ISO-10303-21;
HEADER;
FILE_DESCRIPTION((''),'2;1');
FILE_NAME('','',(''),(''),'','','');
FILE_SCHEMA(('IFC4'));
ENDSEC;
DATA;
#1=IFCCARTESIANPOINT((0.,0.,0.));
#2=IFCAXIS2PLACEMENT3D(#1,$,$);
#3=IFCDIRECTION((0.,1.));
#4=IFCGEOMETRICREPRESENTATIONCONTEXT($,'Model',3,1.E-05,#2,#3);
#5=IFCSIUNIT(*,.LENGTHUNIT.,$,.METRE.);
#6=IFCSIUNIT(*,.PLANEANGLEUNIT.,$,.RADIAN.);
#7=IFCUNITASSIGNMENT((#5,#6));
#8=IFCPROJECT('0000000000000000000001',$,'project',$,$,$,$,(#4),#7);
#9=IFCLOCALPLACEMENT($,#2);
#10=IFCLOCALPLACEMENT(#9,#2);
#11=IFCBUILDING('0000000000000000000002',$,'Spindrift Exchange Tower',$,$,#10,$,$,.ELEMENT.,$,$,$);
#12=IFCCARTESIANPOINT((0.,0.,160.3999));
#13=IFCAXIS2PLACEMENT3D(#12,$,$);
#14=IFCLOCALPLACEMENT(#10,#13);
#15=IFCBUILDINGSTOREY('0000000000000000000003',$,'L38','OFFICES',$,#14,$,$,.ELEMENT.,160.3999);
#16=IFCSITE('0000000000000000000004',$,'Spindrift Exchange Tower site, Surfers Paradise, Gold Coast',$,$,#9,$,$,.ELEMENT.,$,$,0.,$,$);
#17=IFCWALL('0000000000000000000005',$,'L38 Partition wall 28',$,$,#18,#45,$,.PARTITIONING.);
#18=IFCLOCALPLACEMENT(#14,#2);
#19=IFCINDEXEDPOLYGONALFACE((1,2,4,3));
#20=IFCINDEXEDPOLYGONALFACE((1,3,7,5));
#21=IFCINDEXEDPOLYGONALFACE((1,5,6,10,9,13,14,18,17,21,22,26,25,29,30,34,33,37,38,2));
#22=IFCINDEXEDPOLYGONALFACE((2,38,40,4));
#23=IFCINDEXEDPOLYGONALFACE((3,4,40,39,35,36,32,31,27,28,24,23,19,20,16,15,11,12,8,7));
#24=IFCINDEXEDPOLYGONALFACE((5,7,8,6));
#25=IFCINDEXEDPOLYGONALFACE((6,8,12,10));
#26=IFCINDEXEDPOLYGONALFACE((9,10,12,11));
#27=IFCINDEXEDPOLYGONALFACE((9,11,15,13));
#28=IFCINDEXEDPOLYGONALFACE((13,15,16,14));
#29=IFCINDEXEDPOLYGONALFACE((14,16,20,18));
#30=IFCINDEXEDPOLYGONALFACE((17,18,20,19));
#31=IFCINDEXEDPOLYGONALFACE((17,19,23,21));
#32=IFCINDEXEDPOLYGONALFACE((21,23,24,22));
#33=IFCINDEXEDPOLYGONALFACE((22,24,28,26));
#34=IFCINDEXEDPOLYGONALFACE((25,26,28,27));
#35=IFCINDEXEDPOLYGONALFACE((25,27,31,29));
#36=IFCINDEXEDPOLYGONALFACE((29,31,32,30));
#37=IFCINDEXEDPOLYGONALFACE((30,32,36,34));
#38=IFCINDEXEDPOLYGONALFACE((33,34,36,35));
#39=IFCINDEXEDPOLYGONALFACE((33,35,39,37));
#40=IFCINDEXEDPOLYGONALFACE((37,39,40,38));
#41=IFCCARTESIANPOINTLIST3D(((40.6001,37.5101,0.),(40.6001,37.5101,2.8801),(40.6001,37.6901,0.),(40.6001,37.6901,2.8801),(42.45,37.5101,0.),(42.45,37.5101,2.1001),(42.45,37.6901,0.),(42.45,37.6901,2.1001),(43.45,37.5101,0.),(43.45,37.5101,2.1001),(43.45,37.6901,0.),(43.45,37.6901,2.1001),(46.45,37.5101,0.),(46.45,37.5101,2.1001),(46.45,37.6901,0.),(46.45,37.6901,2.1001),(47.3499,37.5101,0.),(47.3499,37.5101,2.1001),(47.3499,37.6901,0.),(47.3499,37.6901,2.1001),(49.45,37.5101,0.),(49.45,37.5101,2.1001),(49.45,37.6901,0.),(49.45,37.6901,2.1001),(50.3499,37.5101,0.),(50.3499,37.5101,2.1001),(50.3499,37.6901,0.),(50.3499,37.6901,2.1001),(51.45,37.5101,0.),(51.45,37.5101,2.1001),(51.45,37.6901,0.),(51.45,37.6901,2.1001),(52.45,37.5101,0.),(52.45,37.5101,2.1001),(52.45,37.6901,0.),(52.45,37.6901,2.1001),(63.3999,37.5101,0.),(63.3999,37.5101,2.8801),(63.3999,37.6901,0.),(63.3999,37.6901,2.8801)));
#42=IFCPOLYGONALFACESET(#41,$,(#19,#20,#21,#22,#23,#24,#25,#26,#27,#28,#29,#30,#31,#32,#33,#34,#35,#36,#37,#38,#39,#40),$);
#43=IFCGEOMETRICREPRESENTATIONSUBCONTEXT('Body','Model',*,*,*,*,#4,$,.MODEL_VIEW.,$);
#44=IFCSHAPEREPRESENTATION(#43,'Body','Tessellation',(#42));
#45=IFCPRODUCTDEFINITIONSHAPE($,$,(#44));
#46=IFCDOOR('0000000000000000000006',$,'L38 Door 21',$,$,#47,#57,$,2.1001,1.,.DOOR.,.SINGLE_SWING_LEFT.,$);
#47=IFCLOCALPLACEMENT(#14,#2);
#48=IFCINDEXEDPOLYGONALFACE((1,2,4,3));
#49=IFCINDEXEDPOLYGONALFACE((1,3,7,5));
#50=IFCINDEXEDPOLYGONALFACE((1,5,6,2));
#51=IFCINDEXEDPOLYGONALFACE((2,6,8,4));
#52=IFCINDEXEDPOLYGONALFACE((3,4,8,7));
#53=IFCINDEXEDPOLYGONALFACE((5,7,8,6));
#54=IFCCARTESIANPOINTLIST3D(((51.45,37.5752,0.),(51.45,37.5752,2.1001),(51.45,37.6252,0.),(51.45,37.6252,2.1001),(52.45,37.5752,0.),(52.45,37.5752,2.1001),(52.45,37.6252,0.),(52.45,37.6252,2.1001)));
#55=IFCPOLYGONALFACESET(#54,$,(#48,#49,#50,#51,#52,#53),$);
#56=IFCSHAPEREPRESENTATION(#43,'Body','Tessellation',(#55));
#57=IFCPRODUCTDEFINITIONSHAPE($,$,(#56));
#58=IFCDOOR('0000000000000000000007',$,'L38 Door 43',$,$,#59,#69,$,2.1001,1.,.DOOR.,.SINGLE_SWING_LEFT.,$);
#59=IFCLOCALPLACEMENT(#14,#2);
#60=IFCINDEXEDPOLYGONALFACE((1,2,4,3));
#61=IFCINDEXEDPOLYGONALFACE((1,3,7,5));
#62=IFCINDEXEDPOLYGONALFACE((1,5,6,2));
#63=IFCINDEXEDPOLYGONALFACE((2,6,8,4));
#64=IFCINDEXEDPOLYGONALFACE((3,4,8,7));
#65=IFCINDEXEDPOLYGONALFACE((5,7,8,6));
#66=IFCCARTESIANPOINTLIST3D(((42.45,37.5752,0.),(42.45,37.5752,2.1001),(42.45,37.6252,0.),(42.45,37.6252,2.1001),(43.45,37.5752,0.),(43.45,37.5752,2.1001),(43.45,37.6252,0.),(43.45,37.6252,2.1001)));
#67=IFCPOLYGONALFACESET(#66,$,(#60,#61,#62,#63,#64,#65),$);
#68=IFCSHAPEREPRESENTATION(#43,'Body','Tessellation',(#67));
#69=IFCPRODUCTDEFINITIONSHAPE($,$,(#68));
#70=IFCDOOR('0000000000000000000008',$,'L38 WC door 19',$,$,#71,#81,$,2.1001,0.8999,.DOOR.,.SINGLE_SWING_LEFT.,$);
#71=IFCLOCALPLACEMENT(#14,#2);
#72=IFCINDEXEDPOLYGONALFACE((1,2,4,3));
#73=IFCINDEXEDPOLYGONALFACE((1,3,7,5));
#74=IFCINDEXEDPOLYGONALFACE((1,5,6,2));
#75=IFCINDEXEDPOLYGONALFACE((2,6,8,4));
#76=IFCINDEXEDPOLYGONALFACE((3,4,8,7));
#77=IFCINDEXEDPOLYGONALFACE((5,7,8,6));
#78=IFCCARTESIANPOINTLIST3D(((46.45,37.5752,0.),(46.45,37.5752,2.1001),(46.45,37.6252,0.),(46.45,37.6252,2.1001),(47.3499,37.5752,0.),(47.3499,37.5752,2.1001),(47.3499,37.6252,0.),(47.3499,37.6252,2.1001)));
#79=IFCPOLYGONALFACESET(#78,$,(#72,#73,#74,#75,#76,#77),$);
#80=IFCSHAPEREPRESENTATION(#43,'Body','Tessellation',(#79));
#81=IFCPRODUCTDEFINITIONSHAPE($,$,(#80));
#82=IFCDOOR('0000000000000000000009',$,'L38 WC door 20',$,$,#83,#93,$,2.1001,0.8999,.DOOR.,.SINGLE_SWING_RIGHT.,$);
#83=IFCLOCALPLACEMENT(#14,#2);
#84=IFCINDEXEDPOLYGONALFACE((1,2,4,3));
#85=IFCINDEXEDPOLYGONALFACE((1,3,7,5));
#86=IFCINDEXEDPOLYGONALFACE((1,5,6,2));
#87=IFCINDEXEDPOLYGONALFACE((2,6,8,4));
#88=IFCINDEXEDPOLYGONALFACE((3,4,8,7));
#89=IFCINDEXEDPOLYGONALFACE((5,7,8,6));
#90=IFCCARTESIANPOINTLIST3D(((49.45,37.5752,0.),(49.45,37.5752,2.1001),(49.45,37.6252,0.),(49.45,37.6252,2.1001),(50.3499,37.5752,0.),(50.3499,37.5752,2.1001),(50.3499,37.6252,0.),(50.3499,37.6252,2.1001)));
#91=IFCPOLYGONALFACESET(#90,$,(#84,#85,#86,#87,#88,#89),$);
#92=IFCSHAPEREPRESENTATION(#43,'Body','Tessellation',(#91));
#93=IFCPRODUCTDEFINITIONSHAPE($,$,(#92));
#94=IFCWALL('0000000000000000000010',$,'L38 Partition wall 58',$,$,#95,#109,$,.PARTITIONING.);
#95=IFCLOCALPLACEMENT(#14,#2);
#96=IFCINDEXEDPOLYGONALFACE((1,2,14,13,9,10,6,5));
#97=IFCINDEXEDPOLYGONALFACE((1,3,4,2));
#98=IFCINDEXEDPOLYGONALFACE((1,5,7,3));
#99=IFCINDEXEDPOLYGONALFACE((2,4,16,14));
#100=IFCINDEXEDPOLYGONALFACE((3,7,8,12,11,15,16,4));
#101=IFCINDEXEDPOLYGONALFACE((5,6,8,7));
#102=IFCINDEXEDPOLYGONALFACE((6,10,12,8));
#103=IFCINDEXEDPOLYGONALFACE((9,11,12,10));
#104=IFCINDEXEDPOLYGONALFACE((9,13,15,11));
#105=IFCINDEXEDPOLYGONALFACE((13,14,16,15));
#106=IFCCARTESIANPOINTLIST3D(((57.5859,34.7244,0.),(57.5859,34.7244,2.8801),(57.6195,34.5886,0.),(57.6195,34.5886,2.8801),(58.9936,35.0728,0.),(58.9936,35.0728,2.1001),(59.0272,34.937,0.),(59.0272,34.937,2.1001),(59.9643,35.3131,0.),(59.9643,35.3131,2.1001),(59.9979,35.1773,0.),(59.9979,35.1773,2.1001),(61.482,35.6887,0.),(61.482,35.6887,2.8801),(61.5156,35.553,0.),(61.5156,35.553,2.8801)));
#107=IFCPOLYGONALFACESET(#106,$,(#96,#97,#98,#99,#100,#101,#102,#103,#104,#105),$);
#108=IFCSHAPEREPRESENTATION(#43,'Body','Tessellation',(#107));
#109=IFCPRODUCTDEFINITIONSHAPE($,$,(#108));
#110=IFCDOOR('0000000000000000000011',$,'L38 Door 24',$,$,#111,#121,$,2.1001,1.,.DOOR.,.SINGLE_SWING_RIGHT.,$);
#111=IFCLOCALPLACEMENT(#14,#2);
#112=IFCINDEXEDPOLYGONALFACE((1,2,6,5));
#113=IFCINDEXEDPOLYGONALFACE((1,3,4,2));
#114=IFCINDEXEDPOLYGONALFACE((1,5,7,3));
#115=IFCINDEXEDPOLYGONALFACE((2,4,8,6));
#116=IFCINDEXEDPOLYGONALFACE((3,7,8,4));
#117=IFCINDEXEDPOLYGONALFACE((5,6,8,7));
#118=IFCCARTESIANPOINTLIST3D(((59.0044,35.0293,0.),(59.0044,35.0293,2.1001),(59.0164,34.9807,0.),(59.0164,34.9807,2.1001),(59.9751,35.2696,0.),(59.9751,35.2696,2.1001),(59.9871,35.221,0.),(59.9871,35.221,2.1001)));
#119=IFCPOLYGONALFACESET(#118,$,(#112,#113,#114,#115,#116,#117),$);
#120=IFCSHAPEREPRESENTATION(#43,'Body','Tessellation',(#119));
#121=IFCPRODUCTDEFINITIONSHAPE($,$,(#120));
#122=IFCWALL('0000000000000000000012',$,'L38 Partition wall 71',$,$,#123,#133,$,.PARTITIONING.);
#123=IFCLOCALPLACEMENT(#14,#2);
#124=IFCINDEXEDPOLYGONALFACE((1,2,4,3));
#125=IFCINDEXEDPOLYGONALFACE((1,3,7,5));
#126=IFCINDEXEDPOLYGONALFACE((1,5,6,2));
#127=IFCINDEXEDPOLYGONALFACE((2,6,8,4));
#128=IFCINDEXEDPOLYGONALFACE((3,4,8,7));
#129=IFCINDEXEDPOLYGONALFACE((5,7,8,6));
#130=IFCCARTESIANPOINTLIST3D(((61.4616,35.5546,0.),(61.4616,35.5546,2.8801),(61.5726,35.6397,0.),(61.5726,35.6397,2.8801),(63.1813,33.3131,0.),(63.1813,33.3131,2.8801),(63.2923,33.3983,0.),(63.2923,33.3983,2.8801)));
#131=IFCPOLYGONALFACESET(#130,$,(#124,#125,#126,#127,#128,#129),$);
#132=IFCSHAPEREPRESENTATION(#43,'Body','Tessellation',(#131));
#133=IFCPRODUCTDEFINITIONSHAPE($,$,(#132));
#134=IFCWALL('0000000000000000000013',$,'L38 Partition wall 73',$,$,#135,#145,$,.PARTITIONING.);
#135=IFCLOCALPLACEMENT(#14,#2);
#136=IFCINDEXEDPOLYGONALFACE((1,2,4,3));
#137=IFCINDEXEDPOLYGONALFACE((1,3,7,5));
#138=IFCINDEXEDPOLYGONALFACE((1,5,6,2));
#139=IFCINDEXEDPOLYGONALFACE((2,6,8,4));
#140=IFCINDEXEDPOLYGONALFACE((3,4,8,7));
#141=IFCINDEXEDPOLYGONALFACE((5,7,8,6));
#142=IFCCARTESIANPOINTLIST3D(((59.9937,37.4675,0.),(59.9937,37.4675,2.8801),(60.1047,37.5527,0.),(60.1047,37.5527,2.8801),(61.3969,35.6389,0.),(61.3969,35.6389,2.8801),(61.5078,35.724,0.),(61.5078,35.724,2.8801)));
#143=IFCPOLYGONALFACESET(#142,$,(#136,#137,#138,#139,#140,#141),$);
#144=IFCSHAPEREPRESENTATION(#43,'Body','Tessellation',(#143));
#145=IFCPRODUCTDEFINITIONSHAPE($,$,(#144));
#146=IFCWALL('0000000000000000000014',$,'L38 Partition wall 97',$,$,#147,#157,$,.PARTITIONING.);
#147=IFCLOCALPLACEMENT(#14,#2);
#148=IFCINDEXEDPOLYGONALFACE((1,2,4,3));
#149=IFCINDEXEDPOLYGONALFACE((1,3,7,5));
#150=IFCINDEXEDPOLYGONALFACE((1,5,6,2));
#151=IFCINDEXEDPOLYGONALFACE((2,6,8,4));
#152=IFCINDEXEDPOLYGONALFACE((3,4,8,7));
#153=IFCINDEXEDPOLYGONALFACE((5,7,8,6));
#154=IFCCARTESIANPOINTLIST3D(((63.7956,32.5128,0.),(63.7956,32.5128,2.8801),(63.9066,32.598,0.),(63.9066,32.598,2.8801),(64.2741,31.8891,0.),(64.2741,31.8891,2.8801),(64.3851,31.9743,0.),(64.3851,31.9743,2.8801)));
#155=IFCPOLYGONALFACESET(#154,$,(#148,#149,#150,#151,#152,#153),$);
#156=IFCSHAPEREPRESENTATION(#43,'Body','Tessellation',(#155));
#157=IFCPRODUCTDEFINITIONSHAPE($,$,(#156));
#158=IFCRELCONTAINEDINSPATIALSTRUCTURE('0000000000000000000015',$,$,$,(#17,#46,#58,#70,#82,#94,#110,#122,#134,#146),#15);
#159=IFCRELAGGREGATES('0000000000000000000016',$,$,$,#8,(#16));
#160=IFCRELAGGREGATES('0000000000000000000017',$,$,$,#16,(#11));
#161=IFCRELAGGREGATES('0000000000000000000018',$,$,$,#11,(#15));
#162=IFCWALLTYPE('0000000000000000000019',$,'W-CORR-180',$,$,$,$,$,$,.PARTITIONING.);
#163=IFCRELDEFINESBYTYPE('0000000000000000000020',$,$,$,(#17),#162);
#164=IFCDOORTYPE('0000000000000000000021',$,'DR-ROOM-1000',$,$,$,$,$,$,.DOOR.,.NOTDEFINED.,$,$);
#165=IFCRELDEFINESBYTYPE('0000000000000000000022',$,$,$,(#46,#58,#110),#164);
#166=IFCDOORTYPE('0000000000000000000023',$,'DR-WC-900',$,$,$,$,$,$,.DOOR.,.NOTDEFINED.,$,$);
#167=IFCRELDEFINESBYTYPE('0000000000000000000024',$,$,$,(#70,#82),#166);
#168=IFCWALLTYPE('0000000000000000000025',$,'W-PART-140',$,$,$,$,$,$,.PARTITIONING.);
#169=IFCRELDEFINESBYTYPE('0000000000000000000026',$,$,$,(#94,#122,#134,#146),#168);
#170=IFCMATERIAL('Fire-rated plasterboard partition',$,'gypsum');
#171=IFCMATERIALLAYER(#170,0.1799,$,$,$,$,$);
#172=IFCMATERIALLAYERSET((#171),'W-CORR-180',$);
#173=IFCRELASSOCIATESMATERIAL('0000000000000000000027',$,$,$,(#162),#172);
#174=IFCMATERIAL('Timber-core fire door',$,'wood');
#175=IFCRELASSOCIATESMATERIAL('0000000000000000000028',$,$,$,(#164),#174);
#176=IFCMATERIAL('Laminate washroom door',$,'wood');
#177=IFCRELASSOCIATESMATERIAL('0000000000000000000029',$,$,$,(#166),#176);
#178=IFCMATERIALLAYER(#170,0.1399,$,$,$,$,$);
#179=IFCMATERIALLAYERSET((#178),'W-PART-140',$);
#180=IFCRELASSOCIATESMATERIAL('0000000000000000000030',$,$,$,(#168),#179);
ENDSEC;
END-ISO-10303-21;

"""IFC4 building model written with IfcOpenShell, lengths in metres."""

from ifc_helpers import new_model, si_unit, direction, frame, frame_2d, origin, place, context, subcontext, project, spatial, rectangle, extrude, source, transform, mapped, material, layer, layer_set, type_object, element, fill, save


model = new_model("IFC4")

# Units and contexts
model_context = context("Model", 3, precision=1e-05, world=origin(), true_north=direction((0.0, 1.0)))
body_context = subcontext(model_context, "Body", "Model", "MODEL_VIEW")
ifc_project = project(units=[si_unit("LENGTHUNIT", "METRE"), si_unit("PLANEANGLEUNIT", "RADIAN")], contexts=[model_context])

# Site, building, storey
site_placement = place(None, origin())
site = spatial("IfcSite", under=ifc_project, at=site_placement, Name="Spindrift Exchange Tower site, Surfers Paradise, Gold Coast", CompositionType="ELEMENT", RefElevation=0.0)
building_placement = place(site_placement, origin())
building = spatial("IfcBuilding", under=site, at=building_placement, Name="Spindrift Exchange Tower", CompositionType="ELEMENT")
storey_placement = place(building_placement, frame((0.0, 0.0, 160.3999)))
storey = spatial("IfcBuildingStorey", under=building, at=storey_placement, Name="L38", Description="OFFICES", CompositionType="ELEMENT", Elevation=160.3999)

# Wall, openings, doors
ifc_material_1 = material(Name="Fire-rated plasterboard partition", Category="gypsum")
ifc_layer_1 = layer(ifc_material_1, 0.1799)
ifc_layer_set_1 = layer_set([ifc_layer_1], Name="W-CORR-180")
wall_type_1 = type_object("IfcWallType", Name="W-CORR-180", PredefinedType="PARTITIONING", material=ifc_layer_set_1)
wall_1_placement = place(storey_placement, frame((63.3999, 37.6001, 0.0), z_axis=(0.0, 0.0, 1.0), x_axis=(-1.0, 0.0, 0.0)))
wall_1 = element("IfcWall", 1, at=wall_1_placement, inside=storey, type_object=wall_type_1, Name="L38 Partition wall 28", PredefinedType="PARTITIONING", context=body_context, shape_type="SweptSolid", body=[
    extrude(rectangle(XDim=22.7998, YDim=0.1799, at=frame_2d((11.3999, 0.0))), origin(), (0.0, 0.0, 1.0), 2.8801),
])
opening_1_placement = place(wall_1_placement, frame((16.05, 0.0, 0.0)))
opening_1 = element("IfcOpeningElement", 2, at=opening_1_placement, cuts=wall_1, PredefinedType="OPENING", context=body_context, shape_type="SweptSolid", body=[
    extrude(rectangle(XDim=0.8999, YDim=2.1001, at=frame_2d((0.45, 1.05))), frame((0.0, 0.0999, 0.0), z_axis=(0.0, -1.0, 0.0), x_axis=(1.0, 0.0, 0.0)), (0.0, 0.0, 1.0), 0.2),
])
opening_2_placement = place(wall_1_placement, frame((13.05, 0.0, 0.0)))
opening_2 = element("IfcOpeningElement", 3, at=opening_2_placement, cuts=wall_1, PredefinedType="OPENING", context=body_context, shape_type="SweptSolid", body=[
    extrude(rectangle(XDim=0.8999, YDim=2.1001, at=frame_2d((0.45, 1.05))), frame((0.0, 0.0999, 0.0), z_axis=(0.0, -1.0, 0.0), x_axis=(1.0, 0.0, 0.0)), (0.0, 0.0, 1.0), 0.2),
])
opening_3_placement = place(wall_1_placement, frame((10.95, 0.0, 0.0)))
opening_3 = element("IfcOpeningElement", 4, at=opening_3_placement, cuts=wall_1, PredefinedType="OPENING", context=body_context, shape_type="SweptSolid", body=[
    extrude(rectangle(XDim=1.0, YDim=2.1001, at=frame_2d((0.5, 1.05))), frame((0.0, 0.0999, 0.0), z_axis=(0.0, -1.0, 0.0), x_axis=(1.0, 0.0, 0.0)), (0.0, 0.0, 1.0), 0.2),
])
opening_4_placement = place(wall_1_placement, frame((19.95, 0.0, 0.0)))
opening_4 = element("IfcOpeningElement", 5, at=opening_4_placement, cuts=wall_1, PredefinedType="OPENING", context=body_context, shape_type="SweptSolid", body=[
    extrude(rectangle(XDim=1.0, YDim=2.1001, at=frame_2d((0.5, 1.05))), frame((0.0, 0.0999, 0.0), z_axis=(0.0, -1.0, 0.0), x_axis=(1.0, 0.0, 0.0)), (0.0, 0.0, 1.0), 0.2),
])
ifc_material_2 = material(Name="Timber-core fire door", Category="wood")
door_type_1 = type_object("IfcDoorType", Name="DR-ROOM-1000", OperationType="NOTDEFINED", PredefinedType="DOOR", material=ifc_material_2)
shared_shape_1 = source(origin(), body_context, "Body", "SweptSolid", [
    extrude(rectangle(XDim=1.0, YDim=2.1001, at=frame_2d((0.5, 1.05))), frame((0.0, 0.0249, 0.0), z_axis=(0.0, -1.0, 0.0), x_axis=(1.0, 0.0, 0.0)), (0.0, 0.0, 1.0), 0.05),
])
door_1_placement = place(opening_3_placement, origin())
door_1 = element("IfcDoor", 6, at=door_1_placement, inside=storey, type_object=door_type_1, Name="L38 Door 21", OperationType="SINGLE_SWING_LEFT", OverallHeight=2.1001, OverallWidth=1.0, PredefinedType="DOOR", context=body_context, shape_type="MappedRepresentation", body=[
    mapped(shared_shape_1, transform((0.0, 0.0, 0.0), scale=1.0)),
])
fill(opening_3, door_1)
door_2_placement = place(opening_4_placement, origin())
door_2 = element("IfcDoor", 7, at=door_2_placement, inside=storey, type_object=door_type_1, Name="L38 Door 43", OperationType="SINGLE_SWING_LEFT", OverallHeight=2.1001, OverallWidth=1.0, PredefinedType="DOOR", context=body_context, shape_type="MappedRepresentation", body=[
    mapped(shared_shape_1, transform((0.0, 0.0, 0.0), scale=1.0)),
])
fill(opening_4, door_2)
ifc_material_3 = material(Name="Laminate washroom door", Category="wood")
door_type_2 = type_object("IfcDoorType", Name="DR-WC-900", OperationType="NOTDEFINED", PredefinedType="DOOR", material=ifc_material_3)
shared_shape_2 = source(origin(), body_context, "Body", "SweptSolid", [
    extrude(rectangle(XDim=0.8999, YDim=2.1001, at=frame_2d((0.45, 1.05))), frame((0.0, 0.0249, 0.0), z_axis=(0.0, -1.0, 0.0), x_axis=(1.0, 0.0, 0.0)), (0.0, 0.0, 1.0), 0.05),
])
door_3_placement = place(opening_1_placement, origin())
door_3 = element("IfcDoor", 8, at=door_3_placement, inside=storey, type_object=door_type_2, Name="L38 WC door 19", OperationType="SINGLE_SWING_LEFT", OverallHeight=2.1001, OverallWidth=0.8999, PredefinedType="DOOR", context=body_context, shape_type="MappedRepresentation", body=[
    mapped(shared_shape_2, transform((0.0, 0.0, 0.0), scale=1.0)),
])
fill(opening_1, door_3)
door_4_placement = place(opening_2_placement, origin())
door_4 = element("IfcDoor", 9, at=door_4_placement, inside=storey, type_object=door_type_2, Name="L38 WC door 20", OperationType="SINGLE_SWING_RIGHT", OverallHeight=2.1001, OverallWidth=0.8999, PredefinedType="DOOR", context=body_context, shape_type="MappedRepresentation", body=[
    mapped(shared_shape_2, transform((0.0, 0.0, 0.0), scale=1.0)),
])
fill(opening_2, door_4)

# Wall, opening, door
ifc_layer_2 = layer(ifc_material_1, 0.1399)
ifc_layer_set_2 = layer_set([ifc_layer_2], Name="W-PART-140")
wall_type_2 = type_object("IfcWallType", Name="W-PART-140", PredefinedType="PARTITIONING", material=ifc_layer_set_2)
wall_2_placement = place(storey_placement, frame((61.4988, 35.6208, 0.0), z_axis=(0.0, 0.0, 1.0), x_axis=(-0.970705, -0.240274, 0.0)))
wall_2 = element("IfcWall", 10, at=wall_2_placement, inside=storey, type_object=wall_type_2, Name="L38 Partition wall 58", PredefinedType="PARTITIONING", context=body_context, shape_type="SweptSolid", body=[
    extrude(rectangle(XDim=4.0137, YDim=0.1399, at=frame_2d((2.0068, 0.0))), origin(), (0.0, 0.0, 1.0), 2.8801),
])
opening_5_placement = place(wall_2_placement, frame((1.5635, 0.0, 0.0)))
opening_5 = element("IfcOpeningElement", 11, at=opening_5_placement, cuts=wall_2, PredefinedType="OPENING", context=body_context, shape_type="SweptSolid", body=[
    extrude(rectangle(XDim=1.0, YDim=2.1001, at=frame_2d((0.5, 1.05))), frame((0.0, 0.0798, 0.0), z_axis=(0.0, -1.0, 0.0), x_axis=(1.0, 0.0, 0.0)), (0.0, 0.0, 1.0), 0.1599),
])
door_5_placement = place(opening_5_placement, origin())
door_5 = element("IfcDoor", 12, at=door_5_placement, inside=storey, type_object=door_type_1, Name="L38 Door 24", OperationType="SINGLE_SWING_RIGHT", OverallHeight=2.1001, OverallWidth=1.0, PredefinedType="DOOR", context=body_context, shape_type="MappedRepresentation", body=[
    mapped(shared_shape_1, transform((0.0, 0.0, 0.0), scale=1.0)),
])
fill(opening_5, door_5)

# Walls
wall_3_placement = place(storey_placement, frame((61.5171, 35.5972, 0.0), z_axis=(0.0, 0.0, 1.0), x_axis=(0.608716, -0.793388, 0.0)))
element("IfcWall", 13, at=wall_3_placement, inside=storey, type_object=wall_type_2, Name="L38 Partition wall 71", PredefinedType="PARTITIONING", context=body_context, shape_type="SweptSolid", body=[
    extrude(rectangle(XDim=2.8252, YDim=0.1399, at=frame_2d((1.4126, 0.0))), origin(), (0.0, 0.0, 1.0), 2.8801),
])
wall_4_placement = place(storey_placement, frame((60.0493, 37.51, 0.0), z_axis=(0.0, 0.0, 1.0), x_axis=(0.608743, -0.793368, 0.0)))
element("IfcWall", 14, at=wall_4_placement, inside=storey, type_object=wall_type_2, Name="L38 Partition wall 73", PredefinedType="PARTITIONING", context=body_context, shape_type="SweptSolid", body=[
    extrude(rectangle(XDim=2.3049, YDim=0.1399, at=frame_2d((1.1523, 0.0))), origin(), (0.0, 0.0, 1.0), 2.8801),
])
wall_5_placement = place(storey_placement, frame((63.8511, 32.5554, 0.0), z_axis=(0.0, 0.0, 1.0), x_axis=(0.60866, -0.793431, 0.0)))
element("IfcWall", 15, at=wall_5_placement, inside=storey, type_object=wall_type_2, Name="L38 Partition wall 97", PredefinedType="PARTITIONING", context=body_context, shape_type="SweptSolid", body=[
    extrude(rectangle(XDim=0.7861, YDim=0.1399, at=frame_2d((0.3931, 0.0))), origin(), (0.0, 0.0, 1.0), 2.8801),
])

save(model, "model.ifc")
